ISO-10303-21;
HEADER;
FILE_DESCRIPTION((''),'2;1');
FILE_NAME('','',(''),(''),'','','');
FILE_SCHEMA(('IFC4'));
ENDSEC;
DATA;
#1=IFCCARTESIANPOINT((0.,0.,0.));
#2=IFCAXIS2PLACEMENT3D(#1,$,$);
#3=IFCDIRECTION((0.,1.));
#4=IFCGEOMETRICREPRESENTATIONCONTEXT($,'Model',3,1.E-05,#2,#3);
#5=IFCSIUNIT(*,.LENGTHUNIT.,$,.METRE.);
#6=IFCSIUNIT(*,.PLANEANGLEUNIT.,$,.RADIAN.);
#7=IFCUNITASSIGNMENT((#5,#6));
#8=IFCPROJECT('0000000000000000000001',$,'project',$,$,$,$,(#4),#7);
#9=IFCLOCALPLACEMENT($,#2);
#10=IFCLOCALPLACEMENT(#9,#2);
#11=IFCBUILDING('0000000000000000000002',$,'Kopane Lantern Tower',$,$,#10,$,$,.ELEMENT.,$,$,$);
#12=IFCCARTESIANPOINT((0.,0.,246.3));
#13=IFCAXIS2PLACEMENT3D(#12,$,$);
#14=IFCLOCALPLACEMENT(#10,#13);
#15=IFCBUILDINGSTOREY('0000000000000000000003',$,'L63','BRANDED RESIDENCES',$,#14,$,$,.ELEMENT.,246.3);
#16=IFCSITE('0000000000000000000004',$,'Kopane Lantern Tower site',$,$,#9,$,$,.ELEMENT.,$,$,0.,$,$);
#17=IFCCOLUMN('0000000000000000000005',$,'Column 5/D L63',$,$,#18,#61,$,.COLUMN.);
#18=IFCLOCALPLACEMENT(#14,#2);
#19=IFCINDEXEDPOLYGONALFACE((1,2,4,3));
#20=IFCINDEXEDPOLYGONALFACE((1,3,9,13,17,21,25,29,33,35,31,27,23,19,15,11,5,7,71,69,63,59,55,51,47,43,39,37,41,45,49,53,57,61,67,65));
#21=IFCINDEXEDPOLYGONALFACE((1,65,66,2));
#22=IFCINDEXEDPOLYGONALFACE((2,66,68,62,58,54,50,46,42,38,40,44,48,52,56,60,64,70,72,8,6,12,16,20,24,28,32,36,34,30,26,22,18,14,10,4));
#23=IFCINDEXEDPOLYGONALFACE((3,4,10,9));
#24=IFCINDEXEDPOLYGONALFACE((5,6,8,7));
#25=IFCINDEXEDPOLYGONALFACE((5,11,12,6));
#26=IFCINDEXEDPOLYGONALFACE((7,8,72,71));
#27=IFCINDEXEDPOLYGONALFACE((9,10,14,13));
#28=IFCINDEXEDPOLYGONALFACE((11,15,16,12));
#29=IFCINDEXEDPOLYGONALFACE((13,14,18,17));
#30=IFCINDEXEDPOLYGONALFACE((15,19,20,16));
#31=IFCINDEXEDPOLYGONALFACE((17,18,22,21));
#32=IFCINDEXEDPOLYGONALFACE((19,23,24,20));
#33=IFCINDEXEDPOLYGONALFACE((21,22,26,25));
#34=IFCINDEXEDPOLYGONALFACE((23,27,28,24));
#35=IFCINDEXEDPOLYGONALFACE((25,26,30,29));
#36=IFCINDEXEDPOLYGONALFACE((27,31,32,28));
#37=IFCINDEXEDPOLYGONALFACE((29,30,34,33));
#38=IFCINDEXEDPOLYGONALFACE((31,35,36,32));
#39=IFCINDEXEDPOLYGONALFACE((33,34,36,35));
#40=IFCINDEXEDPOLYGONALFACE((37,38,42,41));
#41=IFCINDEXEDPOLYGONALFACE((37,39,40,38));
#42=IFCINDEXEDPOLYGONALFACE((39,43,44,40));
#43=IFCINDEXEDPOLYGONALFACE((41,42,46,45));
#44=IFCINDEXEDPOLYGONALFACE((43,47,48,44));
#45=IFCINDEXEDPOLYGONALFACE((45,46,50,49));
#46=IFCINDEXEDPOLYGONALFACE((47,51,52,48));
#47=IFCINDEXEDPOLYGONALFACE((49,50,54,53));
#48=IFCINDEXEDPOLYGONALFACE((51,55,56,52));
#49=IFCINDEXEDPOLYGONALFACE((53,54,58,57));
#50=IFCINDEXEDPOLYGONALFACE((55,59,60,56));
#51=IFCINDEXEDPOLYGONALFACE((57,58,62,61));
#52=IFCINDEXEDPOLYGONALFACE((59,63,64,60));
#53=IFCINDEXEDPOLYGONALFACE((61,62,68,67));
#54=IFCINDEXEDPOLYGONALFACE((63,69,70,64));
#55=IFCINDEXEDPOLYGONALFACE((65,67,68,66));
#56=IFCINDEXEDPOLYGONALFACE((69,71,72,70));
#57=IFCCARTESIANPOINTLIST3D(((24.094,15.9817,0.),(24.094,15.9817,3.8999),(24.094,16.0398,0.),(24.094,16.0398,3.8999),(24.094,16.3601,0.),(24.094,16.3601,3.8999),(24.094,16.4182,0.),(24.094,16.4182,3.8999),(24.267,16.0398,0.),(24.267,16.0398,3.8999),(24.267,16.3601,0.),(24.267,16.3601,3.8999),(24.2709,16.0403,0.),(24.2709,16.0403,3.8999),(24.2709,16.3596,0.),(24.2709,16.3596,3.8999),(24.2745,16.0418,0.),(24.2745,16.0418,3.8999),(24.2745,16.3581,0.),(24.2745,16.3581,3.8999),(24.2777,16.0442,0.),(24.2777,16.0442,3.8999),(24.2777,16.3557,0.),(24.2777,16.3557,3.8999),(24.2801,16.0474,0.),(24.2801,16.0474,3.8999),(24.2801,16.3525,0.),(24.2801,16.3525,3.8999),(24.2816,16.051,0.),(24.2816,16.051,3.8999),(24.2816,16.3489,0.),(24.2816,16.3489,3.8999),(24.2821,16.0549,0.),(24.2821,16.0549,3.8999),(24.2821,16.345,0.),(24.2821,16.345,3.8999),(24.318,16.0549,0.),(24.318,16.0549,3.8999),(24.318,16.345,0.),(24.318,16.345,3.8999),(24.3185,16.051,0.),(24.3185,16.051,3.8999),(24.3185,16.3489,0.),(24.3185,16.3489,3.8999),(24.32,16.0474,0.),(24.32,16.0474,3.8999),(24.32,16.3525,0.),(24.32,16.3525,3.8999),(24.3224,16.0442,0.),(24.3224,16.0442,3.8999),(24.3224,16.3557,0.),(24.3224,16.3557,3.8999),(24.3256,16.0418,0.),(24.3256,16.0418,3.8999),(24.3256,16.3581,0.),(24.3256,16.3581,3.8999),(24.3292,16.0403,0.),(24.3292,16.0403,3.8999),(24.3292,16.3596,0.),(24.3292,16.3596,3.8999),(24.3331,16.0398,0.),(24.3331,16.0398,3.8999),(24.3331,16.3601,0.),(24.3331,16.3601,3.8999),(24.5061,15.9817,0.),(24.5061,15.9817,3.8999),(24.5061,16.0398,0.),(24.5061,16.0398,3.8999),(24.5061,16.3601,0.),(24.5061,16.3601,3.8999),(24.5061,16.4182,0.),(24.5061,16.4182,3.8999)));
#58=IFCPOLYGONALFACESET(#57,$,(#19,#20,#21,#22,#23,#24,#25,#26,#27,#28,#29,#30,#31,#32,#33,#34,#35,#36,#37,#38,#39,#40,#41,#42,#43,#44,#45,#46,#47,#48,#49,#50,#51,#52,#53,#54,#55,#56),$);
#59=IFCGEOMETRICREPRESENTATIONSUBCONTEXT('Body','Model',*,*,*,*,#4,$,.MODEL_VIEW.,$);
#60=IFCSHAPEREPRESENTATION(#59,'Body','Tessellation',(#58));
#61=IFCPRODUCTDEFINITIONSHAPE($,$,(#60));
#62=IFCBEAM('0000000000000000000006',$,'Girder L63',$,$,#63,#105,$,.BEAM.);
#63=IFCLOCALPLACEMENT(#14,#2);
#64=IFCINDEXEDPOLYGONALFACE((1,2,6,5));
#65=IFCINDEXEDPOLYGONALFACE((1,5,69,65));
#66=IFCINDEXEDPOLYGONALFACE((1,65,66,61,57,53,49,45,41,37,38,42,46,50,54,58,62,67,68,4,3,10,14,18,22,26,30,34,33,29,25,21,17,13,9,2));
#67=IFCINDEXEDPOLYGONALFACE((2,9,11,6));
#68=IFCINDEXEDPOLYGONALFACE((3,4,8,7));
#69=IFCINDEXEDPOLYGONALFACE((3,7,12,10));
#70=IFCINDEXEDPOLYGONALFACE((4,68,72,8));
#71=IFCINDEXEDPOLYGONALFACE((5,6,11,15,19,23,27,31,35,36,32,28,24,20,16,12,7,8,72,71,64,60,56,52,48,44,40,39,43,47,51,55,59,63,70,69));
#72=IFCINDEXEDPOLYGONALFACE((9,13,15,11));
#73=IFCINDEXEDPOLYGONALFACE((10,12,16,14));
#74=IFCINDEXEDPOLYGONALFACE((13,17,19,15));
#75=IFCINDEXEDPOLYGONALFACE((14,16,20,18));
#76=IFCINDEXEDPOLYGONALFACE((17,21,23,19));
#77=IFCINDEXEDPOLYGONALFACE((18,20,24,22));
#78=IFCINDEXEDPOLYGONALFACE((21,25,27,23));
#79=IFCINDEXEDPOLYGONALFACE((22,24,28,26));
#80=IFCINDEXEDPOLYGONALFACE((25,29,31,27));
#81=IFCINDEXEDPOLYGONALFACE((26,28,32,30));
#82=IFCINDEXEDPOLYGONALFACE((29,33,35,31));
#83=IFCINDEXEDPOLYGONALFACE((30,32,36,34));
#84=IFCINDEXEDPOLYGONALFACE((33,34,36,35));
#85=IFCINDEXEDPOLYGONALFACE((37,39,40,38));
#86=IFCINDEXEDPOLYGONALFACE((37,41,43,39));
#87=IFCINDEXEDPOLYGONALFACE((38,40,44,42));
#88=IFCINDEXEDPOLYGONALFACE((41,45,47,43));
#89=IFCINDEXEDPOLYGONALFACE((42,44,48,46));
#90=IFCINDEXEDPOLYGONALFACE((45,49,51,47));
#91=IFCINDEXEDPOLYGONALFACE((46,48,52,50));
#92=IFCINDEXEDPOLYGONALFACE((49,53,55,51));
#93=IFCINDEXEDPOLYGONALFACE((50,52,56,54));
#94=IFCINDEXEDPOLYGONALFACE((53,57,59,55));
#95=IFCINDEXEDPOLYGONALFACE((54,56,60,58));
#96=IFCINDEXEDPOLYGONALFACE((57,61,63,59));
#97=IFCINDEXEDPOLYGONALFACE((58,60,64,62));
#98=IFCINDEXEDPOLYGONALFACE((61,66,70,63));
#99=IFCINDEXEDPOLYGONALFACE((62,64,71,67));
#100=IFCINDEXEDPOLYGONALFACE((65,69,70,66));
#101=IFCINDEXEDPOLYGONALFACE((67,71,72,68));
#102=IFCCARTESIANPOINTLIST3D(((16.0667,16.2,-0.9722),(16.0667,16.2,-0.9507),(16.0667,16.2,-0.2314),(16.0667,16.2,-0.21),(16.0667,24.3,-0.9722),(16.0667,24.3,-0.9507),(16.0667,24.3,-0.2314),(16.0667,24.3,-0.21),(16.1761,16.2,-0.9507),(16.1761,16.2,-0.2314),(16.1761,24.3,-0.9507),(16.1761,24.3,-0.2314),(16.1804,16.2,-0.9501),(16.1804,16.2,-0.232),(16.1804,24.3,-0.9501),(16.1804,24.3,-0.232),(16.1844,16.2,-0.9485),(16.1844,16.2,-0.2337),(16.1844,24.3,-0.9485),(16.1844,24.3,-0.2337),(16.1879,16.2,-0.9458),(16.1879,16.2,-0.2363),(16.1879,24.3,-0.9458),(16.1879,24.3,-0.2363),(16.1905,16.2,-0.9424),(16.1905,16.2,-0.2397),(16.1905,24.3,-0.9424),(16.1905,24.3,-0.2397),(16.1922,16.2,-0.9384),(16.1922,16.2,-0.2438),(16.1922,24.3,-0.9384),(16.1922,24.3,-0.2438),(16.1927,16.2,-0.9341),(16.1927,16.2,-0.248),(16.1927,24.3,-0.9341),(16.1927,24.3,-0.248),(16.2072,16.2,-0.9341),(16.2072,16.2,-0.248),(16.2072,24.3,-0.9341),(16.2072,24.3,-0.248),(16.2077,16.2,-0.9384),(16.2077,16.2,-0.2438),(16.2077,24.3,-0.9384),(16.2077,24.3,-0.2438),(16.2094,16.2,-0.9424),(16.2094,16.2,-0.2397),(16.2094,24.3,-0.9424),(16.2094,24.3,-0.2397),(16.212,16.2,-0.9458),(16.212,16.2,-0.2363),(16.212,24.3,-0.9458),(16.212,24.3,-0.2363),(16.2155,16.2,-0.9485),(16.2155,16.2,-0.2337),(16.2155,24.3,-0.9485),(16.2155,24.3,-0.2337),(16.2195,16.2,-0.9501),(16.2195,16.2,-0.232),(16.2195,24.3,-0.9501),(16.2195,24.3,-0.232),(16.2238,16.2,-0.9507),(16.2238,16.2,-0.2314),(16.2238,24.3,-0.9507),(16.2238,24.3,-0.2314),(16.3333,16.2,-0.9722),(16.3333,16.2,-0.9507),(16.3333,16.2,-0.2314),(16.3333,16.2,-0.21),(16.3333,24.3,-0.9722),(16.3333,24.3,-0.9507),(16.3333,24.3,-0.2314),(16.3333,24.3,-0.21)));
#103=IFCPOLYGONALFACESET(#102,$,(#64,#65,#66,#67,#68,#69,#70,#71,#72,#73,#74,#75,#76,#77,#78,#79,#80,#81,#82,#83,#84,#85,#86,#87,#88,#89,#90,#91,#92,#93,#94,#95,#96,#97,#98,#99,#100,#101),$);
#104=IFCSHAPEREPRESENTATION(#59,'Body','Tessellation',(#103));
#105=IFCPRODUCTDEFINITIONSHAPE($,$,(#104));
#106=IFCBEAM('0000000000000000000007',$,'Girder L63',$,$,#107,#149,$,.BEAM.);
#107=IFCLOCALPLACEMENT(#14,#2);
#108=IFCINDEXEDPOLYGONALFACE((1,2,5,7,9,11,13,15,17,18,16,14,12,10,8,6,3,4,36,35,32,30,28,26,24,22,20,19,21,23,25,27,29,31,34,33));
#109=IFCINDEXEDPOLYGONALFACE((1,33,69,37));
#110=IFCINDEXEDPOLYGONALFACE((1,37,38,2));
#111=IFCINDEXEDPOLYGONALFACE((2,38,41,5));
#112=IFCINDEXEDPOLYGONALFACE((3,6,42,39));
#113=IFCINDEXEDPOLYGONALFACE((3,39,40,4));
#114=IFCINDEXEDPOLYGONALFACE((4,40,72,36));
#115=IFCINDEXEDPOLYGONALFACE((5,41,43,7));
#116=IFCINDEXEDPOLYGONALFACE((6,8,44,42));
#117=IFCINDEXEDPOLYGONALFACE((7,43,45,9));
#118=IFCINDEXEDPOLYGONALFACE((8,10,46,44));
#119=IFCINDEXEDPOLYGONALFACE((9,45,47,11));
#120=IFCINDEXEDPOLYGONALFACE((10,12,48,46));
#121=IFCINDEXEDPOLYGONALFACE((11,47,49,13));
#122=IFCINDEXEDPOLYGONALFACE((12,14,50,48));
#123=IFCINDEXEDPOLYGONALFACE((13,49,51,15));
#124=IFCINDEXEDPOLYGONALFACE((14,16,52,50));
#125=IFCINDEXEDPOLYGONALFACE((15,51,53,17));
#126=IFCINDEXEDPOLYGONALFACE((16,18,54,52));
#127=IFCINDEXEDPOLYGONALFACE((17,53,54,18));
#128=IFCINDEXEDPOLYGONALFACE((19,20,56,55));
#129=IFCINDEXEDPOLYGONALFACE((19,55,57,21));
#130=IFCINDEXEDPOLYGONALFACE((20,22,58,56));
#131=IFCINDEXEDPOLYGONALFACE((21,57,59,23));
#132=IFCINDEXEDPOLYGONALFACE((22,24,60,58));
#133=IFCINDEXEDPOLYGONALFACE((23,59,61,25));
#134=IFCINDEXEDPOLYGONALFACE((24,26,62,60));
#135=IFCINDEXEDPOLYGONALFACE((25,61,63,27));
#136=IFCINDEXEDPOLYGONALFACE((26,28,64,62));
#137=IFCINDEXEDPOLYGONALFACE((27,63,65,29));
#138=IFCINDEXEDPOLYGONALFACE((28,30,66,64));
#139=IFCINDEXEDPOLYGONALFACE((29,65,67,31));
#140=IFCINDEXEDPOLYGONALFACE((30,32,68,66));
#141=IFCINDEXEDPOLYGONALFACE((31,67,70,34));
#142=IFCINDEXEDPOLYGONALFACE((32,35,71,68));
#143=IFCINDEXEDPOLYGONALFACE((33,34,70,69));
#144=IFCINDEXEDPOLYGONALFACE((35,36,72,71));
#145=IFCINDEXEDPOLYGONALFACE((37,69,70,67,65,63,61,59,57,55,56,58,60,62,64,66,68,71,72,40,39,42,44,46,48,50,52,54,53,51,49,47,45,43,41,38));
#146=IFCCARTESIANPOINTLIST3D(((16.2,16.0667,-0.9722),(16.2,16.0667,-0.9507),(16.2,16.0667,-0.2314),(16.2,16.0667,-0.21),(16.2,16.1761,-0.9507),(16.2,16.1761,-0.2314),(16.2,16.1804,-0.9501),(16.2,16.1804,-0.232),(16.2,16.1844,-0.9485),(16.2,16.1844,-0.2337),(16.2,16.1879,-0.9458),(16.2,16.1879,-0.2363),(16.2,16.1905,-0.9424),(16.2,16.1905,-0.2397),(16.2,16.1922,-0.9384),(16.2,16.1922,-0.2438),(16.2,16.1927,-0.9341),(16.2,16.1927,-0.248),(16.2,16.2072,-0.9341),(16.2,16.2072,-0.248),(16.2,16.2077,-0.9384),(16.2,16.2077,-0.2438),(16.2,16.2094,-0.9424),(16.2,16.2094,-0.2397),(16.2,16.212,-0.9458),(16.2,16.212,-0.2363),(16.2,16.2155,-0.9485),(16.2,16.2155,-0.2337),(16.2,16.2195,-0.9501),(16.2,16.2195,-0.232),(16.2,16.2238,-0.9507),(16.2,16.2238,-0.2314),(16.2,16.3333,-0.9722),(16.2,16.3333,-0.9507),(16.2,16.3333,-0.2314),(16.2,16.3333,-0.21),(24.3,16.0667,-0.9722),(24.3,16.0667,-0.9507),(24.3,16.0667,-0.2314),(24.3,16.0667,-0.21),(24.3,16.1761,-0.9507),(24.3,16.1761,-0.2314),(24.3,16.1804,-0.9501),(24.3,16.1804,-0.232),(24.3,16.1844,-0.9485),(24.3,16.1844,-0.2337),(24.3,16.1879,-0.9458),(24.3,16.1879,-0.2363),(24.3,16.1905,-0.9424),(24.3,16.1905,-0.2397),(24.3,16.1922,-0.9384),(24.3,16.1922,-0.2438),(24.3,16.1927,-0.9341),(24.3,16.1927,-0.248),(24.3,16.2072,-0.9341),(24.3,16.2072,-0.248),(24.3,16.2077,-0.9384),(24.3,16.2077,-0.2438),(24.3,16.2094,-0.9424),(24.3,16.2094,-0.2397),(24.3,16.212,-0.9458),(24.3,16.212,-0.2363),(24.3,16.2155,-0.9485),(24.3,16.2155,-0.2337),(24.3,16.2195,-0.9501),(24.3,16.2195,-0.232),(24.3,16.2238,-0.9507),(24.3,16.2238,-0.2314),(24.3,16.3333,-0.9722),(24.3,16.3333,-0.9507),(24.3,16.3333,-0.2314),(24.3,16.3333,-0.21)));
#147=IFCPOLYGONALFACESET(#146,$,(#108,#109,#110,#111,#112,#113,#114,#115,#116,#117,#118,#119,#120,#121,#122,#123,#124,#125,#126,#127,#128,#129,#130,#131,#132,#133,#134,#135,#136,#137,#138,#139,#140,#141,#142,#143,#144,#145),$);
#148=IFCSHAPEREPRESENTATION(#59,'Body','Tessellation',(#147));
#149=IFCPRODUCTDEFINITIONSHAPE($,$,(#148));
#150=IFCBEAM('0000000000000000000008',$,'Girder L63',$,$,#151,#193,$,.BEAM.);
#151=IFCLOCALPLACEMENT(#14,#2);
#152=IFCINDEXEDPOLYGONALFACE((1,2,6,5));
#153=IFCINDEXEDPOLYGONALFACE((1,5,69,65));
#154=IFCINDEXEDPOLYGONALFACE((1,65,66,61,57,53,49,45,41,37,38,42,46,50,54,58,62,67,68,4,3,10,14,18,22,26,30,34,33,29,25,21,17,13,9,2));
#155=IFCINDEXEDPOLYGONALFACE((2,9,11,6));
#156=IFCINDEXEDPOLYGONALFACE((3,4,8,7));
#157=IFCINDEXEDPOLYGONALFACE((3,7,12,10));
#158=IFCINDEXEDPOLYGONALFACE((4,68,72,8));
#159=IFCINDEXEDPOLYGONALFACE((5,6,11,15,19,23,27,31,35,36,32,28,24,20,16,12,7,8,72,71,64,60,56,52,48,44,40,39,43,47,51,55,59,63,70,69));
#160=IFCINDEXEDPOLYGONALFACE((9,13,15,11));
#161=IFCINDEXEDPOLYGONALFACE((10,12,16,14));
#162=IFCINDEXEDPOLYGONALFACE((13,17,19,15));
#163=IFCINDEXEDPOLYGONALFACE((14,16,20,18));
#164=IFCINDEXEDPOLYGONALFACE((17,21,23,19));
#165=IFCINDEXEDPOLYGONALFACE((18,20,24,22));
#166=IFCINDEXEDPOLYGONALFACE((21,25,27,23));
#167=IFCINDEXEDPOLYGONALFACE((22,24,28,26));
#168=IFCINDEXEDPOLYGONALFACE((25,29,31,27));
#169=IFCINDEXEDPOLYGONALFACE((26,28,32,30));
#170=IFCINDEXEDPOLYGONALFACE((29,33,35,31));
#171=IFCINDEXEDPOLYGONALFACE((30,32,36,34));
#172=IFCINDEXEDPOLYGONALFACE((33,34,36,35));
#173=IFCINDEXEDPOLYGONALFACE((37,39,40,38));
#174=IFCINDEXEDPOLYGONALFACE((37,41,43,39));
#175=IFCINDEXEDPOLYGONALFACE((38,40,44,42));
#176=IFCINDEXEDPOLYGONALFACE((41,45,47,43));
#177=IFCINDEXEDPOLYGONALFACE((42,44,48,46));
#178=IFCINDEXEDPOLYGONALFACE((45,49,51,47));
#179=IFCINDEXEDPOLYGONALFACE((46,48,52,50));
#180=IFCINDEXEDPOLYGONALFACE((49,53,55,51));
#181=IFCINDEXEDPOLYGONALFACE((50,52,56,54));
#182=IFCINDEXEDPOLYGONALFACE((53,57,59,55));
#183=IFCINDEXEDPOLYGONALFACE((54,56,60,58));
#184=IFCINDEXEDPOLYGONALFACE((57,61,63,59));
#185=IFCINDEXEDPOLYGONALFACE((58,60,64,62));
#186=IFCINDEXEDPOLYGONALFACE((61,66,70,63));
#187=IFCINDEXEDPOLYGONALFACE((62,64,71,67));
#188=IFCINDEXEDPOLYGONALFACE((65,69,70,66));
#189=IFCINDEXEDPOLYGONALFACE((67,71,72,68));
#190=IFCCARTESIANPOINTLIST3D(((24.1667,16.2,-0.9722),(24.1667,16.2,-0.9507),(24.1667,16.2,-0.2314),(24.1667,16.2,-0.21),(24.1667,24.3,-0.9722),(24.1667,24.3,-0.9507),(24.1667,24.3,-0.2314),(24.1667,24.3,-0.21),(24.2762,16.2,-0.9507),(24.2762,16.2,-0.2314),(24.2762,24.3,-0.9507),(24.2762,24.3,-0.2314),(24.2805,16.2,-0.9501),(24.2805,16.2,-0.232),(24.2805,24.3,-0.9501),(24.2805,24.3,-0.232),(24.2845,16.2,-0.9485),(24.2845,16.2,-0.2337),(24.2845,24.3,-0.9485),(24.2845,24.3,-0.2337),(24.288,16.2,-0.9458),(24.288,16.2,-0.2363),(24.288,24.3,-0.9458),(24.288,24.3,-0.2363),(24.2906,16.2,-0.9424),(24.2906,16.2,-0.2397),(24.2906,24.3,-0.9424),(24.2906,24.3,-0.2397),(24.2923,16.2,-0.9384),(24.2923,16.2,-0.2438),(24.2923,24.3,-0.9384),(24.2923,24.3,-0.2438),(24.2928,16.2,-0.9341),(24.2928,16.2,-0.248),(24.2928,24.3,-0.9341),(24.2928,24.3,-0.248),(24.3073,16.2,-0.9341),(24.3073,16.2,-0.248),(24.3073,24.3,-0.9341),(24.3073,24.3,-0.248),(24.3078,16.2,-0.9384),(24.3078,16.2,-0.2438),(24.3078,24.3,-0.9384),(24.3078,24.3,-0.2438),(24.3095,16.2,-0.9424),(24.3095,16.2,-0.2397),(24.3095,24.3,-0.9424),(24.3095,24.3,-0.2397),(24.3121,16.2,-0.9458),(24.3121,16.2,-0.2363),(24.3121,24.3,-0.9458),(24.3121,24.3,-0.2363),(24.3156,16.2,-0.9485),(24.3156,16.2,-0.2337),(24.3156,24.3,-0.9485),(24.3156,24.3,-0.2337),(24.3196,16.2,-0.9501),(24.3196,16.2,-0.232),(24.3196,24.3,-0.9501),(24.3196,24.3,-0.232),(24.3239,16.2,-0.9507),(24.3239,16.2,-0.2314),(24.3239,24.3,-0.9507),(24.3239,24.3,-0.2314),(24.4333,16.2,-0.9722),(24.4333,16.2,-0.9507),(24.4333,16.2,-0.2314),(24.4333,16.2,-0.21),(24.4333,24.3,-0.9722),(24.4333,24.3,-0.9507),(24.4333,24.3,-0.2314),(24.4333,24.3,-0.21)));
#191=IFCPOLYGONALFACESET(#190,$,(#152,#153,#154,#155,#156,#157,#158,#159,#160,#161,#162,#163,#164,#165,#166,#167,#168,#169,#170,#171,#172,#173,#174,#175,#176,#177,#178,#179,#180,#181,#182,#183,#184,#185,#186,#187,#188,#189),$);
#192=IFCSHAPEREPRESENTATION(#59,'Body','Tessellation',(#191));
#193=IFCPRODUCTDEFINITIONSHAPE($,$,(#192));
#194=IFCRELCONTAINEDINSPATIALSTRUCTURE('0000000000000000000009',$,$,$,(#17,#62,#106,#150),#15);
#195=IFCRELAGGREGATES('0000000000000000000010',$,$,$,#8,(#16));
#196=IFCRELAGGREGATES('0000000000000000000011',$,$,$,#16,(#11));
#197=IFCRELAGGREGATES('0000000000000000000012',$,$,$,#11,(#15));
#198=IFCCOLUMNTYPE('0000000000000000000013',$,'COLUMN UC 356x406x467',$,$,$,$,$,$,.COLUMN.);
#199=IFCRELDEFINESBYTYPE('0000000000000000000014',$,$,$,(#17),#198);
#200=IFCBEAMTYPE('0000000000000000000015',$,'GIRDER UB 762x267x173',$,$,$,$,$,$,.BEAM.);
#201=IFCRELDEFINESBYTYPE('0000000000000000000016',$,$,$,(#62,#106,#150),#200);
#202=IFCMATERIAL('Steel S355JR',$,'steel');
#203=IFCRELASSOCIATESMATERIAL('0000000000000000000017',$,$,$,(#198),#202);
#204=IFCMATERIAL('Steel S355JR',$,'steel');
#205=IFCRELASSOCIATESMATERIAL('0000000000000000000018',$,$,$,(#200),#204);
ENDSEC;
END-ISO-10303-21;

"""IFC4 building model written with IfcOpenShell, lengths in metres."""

from ifc_helpers import new_model, si_unit, direction, frame, origin, origin_2d, place, context, subcontext, project, spatial, i_section, extrude, material, material_profile, profile_set, type_object, element, save


model = new_model("IFC4")

# Units and contexts
model_context = context("Model", 3, precision=1e-05, world=origin(), true_north=direction((0.0, 1.0)))
body_context = subcontext(model_context, "Body", "Model", "MODEL_VIEW")
ifc_project = project(units=[si_unit("LENGTHUNIT", "METRE"), si_unit("PLANEANGLEUNIT", "RADIAN")], contexts=[model_context])

# Site, building, storey
site_placement = place(None, origin())
site = spatial("IfcSite", under=ifc_project, at=site_placement, Name="Kopane Lantern Tower site", CompositionType="ELEMENT", RefElevation=0.0)
building_placement = place(site_placement, origin())
building = spatial("IfcBuilding", under=site, at=building_placement, Name="Kopane Lantern Tower", CompositionType="ELEMENT")
storey_placement = place(building_placement, frame((0.0, 0.0, 246.3)))
storey = spatial("IfcBuildingStorey", under=building, at=storey_placement, Name="L63", Description="BRANDED RESIDENCES", CompositionType="ELEMENT", Elevation=246.3)

# Column
ifc_material_1 = material(Name="Steel S355JR", Category="steel")
ifc_material_profile_1 = material_profile(ifc_material_1, i_section(OverallWidth=0.4121, OverallDepth=0.4365, WebThickness=0.0359, FlangeThickness=0.0581, FilletRadius=0.0151, at=origin_2d()), Name="UC 356x406x467")
ifc_profile_set_1 = profile_set([ifc_material_profile_1], Name="Steel S355JR")
column_type = type_object("IfcColumnType", Name="COLUMN UC 356x406x467", PredefinedType="COLUMN", material=ifc_profile_set_1)
column_placement = place(storey_placement, frame((24.3, 16.2, 0.0), z_axis=(0.0, 0.0, 1.0), x_axis=(1.0, 0.0, 0.0)))
element("IfcColumn", 1, at=column_placement, inside=storey, type_object=column_type, Name="Column 5/D L63", PredefinedType="COLUMN", context=body_context, shape_type="SweptSolid", body=[
    extrude(i_section(OverallWidth=0.4121, OverallDepth=0.4365, WebThickness=0.0359, FlangeThickness=0.0581, FilletRadius=0.0151, at=origin_2d()), origin(), (0.0, 0.0, 1.0), 3.8999),
])

# Beams
ifc_material_2 = material(Name="Steel S355JR", Category="steel")
ifc_material_profile_2 = material_profile(ifc_material_2, i_section(OverallWidth=0.2666, OverallDepth=0.7622, WebThickness=0.0144, FlangeThickness=0.0215, FilletRadius=0.0166, at=origin_2d()), Name="UB 762x267x173")
ifc_profile_set_2 = profile_set([ifc_material_profile_2], Name="Steel S355JR")
beam_type = type_object("IfcBeamType", Name="GIRDER UB 762x267x173", PredefinedType="BEAM", material=ifc_profile_set_2)
for number, where, z_axis, x_axis, name in (
    (2, (16.2, 16.2, -0.5911), (0.0, 1.0, 0.0), (-1.0, 0.0, 0.0), "Girder L63"),
    (3, (16.2, 16.2, -0.5911), (1.0, 0.0, 0.0), (0.0, 1.0, 0.0), "Girder L63"),
    (4, (24.3, 16.2, -0.5911), (0.0, 1.0, 0.0), (-1.0, 0.0, 0.0), "Girder L63"),
):
    element("IfcBeam", number, at=place(storey_placement, frame(where, z_axis=z_axis, x_axis=x_axis)), inside=storey, type_object=beam_type, Name=name, PredefinedType="BEAM", context=body_context, shape_type="SweptSolid", body=[
        extrude(i_section(OverallWidth=0.2666, OverallDepth=0.7622, WebThickness=0.0144, FlangeThickness=0.0215, FilletRadius=0.0166, at=origin_2d()), origin(), (0.0, 0.0, 1.0), 8.1001),
    ])

save(model, "model.ifc")
